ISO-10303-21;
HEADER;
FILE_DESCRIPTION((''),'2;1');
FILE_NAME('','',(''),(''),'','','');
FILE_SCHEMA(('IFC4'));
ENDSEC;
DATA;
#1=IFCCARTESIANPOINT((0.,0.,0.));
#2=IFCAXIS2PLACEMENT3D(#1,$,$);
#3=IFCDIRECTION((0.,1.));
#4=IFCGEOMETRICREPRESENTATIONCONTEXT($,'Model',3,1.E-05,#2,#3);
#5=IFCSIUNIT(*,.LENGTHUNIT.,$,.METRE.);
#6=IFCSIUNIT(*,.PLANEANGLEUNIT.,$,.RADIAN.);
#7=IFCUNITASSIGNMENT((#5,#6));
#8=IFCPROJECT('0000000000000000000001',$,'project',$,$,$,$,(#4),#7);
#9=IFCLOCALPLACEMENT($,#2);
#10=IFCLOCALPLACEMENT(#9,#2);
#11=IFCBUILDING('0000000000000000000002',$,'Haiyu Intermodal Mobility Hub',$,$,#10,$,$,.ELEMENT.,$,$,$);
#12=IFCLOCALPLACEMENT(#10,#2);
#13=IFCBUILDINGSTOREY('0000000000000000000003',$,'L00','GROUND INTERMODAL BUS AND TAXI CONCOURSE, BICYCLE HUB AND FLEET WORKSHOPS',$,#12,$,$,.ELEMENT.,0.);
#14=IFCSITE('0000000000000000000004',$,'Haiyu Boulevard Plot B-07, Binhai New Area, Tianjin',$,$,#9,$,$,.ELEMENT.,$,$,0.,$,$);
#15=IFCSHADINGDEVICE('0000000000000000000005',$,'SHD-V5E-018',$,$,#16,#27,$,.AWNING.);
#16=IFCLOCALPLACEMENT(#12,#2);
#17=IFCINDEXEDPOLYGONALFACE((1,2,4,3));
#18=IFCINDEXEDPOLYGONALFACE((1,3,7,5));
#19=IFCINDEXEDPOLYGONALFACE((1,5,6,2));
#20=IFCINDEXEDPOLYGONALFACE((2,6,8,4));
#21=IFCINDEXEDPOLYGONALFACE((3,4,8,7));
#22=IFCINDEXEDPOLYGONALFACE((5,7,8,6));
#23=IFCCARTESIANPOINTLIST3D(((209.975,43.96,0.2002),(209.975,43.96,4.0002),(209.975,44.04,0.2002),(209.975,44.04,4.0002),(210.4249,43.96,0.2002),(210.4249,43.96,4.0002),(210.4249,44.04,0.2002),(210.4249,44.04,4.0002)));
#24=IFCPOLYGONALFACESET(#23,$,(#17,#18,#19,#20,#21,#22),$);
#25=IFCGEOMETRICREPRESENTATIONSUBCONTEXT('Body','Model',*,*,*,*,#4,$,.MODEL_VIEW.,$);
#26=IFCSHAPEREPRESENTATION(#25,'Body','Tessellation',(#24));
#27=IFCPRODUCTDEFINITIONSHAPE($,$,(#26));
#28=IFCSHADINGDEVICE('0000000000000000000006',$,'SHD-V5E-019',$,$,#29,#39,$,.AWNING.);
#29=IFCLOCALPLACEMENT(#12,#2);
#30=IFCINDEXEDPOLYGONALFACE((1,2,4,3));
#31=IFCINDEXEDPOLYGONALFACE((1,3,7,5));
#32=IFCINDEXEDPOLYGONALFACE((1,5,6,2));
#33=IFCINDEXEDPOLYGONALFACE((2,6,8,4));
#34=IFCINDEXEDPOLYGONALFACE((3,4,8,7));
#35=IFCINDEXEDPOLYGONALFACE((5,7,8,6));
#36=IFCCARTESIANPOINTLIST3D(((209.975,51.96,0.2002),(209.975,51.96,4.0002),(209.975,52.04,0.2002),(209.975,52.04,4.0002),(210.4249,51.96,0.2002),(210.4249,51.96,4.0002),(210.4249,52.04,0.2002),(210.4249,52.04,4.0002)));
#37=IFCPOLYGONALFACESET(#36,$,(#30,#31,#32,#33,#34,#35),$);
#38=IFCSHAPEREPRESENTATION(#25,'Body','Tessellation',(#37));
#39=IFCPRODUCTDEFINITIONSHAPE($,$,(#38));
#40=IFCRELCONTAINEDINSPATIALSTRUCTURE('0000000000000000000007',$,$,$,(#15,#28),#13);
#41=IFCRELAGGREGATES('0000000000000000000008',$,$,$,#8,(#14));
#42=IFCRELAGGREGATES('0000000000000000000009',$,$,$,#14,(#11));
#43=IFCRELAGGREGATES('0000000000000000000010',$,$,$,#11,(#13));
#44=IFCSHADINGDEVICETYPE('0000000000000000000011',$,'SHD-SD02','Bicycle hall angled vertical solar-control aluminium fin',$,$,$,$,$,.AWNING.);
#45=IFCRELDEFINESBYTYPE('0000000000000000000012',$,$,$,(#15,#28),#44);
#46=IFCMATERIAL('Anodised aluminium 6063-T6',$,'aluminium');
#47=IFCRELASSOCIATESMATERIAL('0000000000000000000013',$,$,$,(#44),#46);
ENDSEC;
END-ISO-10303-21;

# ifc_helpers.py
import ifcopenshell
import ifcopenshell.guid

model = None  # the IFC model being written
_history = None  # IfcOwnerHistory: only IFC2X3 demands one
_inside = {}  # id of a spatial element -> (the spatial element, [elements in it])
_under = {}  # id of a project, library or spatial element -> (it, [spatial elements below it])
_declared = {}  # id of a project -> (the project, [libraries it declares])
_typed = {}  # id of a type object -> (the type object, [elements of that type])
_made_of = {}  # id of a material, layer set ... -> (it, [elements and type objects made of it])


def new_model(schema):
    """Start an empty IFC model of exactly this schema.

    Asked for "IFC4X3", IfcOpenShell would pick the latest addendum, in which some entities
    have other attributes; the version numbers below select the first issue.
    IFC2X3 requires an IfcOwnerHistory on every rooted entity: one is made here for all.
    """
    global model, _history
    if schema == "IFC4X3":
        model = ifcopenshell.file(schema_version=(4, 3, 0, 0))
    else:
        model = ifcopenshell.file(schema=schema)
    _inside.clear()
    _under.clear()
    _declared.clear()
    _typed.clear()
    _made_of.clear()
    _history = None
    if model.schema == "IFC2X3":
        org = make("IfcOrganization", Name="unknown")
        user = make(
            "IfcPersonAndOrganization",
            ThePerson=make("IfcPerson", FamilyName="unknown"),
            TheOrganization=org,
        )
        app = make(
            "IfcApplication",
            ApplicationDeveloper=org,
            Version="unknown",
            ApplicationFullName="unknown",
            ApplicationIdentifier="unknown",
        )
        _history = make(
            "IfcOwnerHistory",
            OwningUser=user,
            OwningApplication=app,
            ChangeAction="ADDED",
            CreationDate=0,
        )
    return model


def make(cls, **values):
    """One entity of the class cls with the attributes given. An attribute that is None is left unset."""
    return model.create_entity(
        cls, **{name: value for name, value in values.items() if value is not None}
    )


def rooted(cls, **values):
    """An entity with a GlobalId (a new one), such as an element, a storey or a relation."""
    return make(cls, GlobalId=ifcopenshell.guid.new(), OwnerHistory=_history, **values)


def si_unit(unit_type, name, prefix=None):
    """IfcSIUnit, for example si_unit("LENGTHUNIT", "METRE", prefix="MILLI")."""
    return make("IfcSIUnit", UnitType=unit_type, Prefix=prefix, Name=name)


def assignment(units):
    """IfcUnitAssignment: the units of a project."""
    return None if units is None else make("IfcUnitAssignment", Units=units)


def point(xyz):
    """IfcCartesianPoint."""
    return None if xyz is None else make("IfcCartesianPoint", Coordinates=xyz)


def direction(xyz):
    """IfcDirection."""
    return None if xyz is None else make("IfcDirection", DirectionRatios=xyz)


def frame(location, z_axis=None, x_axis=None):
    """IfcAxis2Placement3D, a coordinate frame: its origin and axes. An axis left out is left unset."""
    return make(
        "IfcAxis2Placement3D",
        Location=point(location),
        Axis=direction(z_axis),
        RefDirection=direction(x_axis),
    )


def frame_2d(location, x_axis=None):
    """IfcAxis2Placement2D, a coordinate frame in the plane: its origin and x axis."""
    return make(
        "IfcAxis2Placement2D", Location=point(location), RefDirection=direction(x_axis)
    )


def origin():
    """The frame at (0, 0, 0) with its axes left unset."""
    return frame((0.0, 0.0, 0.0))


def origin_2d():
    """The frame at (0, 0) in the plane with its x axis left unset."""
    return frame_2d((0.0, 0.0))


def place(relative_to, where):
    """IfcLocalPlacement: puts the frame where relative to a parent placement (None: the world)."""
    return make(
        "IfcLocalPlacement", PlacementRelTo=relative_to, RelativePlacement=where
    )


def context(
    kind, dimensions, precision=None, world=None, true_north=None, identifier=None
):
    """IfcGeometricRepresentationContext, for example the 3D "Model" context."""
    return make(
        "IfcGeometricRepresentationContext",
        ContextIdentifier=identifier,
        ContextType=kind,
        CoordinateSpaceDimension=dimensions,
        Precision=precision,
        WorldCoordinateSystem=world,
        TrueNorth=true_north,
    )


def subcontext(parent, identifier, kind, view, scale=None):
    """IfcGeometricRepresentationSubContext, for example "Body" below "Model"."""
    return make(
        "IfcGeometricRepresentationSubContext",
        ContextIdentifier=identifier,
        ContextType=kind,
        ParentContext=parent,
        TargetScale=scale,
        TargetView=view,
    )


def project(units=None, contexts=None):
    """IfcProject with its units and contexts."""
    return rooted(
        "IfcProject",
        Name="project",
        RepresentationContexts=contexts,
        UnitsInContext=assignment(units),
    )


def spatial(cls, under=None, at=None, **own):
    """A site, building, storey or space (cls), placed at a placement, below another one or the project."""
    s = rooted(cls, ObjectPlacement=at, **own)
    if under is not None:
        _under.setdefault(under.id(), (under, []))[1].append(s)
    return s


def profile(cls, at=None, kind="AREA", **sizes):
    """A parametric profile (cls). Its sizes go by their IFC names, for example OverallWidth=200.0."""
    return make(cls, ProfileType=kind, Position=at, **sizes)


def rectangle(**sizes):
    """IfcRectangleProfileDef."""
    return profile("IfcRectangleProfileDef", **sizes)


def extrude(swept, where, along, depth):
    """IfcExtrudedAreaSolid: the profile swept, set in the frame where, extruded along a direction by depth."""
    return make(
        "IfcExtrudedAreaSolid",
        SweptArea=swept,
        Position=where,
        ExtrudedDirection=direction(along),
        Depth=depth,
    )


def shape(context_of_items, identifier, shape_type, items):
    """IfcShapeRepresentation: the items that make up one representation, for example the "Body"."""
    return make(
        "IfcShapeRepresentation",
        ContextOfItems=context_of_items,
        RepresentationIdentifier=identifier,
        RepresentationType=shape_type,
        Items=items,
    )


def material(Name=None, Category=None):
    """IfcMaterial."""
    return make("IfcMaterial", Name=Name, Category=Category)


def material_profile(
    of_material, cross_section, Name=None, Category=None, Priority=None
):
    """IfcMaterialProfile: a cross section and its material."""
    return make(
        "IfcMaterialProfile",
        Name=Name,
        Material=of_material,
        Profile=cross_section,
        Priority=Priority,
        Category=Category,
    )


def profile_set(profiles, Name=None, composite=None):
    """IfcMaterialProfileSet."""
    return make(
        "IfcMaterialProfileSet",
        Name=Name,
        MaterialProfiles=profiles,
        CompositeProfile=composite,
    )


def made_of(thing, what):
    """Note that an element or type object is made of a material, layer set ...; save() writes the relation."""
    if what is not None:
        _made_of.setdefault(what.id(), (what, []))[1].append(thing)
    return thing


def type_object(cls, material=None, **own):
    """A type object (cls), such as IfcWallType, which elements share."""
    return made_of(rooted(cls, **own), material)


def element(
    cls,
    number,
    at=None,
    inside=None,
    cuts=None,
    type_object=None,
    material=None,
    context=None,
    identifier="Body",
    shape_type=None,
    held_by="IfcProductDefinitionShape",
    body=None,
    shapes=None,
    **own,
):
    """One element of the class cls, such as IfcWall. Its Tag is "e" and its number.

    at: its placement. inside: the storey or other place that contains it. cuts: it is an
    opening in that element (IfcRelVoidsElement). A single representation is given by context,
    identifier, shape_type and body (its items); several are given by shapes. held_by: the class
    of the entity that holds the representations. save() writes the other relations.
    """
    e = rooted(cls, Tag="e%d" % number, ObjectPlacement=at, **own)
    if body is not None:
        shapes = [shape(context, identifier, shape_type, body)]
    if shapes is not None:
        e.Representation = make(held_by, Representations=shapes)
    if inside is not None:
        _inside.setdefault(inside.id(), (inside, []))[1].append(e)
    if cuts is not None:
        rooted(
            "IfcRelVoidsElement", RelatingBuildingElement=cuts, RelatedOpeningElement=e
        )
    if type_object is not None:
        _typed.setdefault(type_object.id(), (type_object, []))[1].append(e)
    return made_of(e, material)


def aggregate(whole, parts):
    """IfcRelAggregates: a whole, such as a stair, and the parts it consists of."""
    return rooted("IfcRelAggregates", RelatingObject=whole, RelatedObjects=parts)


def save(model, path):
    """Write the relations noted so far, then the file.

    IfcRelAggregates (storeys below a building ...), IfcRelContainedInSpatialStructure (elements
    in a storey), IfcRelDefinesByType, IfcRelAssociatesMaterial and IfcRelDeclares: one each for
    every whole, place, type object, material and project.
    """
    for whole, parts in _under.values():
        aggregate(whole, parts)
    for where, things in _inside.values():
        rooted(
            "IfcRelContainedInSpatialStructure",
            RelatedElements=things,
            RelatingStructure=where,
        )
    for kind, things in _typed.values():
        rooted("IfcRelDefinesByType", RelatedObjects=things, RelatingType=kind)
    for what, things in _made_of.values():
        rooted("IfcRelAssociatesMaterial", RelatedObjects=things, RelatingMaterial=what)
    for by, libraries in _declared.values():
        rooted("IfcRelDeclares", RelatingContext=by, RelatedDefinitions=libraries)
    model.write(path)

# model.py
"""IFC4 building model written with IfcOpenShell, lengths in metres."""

from ifc_helpers import new_model, si_unit, direction, frame, origin, origin_2d, place, context, subcontext, project, spatial, rectangle, extrude, material, material_profile, profile_set, type_object, element, save


model = new_model("IFC4")

# Units and contexts
model_context = context("Model", 3, precision=1e-05, world=origin(), true_north=direction((0.0, 1.0)))
body_context = subcontext(model_context, "Body", "Model", "MODEL_VIEW")
ifc_project = project(units=[si_unit("LENGTHUNIT", "METRE"), si_unit("PLANEANGLEUNIT", "RADIAN")], contexts=[model_context])

# Site, building, storey
site_placement = place(None, origin())
site = spatial("IfcSite", under=ifc_project, at=site_placement, Name="Haiyu Boulevard Plot B-07, Binhai New Area, Tianjin", CompositionType="ELEMENT", RefElevation=0.0)
building_placement = place(site_placement, origin())
building = spatial("IfcBuilding", under=site, at=building_placement, Name="Haiyu Intermodal Mobility Hub", CompositionType="ELEMENT")
storey_placement = place(building_placement, origin())
storey = spatial("IfcBuildingStorey", under=building, at=storey_placement, Name="L00", Description="GROUND INTERMODAL BUS AND TAXI CONCOURSE, BICYCLE HUB AND FLEET WORKSHOPS", CompositionType="ELEMENT", Elevation=0.0)

# Shared definitions
ifc_material_1 = material(Name="Anodised aluminium 6063-T6", Category="aluminium")

# Shading devices
ifc_material_profile_1 = material_profile(ifc_material_1, rectangle(XDim=0.0701, YDim=0.55, at=origin_2d()), Name="FIN70x550")
ifc_profile_set_1 = profile_set([ifc_material_profile_1], Name="Anodised aluminium 6063-T6")
shading_device_type = type_object("IfcShadingDeviceType", Name="SHD-SD02", Description="Bicycle hall angled vertical solar-control aluminium fin", PredefinedType="AWNING", material=ifc_profile_set_1)
for number, where, z_axis, x_axis, name in (
    (1, (210.2, 44.0, 0.2002), (0.0, 0.0, 1.0), (1.0, 0.0, 0.0), "SHD-V5E-018"),
    (2, (210.2, 52.0, 0.2002), (0.0, 0.0, 1.0), (1.0, 0.0, 0.0), "SHD-V5E-019"),
):
    element("IfcShadingDevice", number, at=place(storey_placement, frame(where, z_axis=z_axis, x_axis=x_axis)), inside=storey, type_object=shading_device_type, Name=name, PredefinedType="AWNING", context=body_context, shape_type="SweptSolid", body=[
        extrude(rectangle(XDim=0.45, YDim=0.0801, at=origin_2d()), origin(), (0.0, 0.0, 1.0), 3.8),
    ])

save(model, "model.ifc")
